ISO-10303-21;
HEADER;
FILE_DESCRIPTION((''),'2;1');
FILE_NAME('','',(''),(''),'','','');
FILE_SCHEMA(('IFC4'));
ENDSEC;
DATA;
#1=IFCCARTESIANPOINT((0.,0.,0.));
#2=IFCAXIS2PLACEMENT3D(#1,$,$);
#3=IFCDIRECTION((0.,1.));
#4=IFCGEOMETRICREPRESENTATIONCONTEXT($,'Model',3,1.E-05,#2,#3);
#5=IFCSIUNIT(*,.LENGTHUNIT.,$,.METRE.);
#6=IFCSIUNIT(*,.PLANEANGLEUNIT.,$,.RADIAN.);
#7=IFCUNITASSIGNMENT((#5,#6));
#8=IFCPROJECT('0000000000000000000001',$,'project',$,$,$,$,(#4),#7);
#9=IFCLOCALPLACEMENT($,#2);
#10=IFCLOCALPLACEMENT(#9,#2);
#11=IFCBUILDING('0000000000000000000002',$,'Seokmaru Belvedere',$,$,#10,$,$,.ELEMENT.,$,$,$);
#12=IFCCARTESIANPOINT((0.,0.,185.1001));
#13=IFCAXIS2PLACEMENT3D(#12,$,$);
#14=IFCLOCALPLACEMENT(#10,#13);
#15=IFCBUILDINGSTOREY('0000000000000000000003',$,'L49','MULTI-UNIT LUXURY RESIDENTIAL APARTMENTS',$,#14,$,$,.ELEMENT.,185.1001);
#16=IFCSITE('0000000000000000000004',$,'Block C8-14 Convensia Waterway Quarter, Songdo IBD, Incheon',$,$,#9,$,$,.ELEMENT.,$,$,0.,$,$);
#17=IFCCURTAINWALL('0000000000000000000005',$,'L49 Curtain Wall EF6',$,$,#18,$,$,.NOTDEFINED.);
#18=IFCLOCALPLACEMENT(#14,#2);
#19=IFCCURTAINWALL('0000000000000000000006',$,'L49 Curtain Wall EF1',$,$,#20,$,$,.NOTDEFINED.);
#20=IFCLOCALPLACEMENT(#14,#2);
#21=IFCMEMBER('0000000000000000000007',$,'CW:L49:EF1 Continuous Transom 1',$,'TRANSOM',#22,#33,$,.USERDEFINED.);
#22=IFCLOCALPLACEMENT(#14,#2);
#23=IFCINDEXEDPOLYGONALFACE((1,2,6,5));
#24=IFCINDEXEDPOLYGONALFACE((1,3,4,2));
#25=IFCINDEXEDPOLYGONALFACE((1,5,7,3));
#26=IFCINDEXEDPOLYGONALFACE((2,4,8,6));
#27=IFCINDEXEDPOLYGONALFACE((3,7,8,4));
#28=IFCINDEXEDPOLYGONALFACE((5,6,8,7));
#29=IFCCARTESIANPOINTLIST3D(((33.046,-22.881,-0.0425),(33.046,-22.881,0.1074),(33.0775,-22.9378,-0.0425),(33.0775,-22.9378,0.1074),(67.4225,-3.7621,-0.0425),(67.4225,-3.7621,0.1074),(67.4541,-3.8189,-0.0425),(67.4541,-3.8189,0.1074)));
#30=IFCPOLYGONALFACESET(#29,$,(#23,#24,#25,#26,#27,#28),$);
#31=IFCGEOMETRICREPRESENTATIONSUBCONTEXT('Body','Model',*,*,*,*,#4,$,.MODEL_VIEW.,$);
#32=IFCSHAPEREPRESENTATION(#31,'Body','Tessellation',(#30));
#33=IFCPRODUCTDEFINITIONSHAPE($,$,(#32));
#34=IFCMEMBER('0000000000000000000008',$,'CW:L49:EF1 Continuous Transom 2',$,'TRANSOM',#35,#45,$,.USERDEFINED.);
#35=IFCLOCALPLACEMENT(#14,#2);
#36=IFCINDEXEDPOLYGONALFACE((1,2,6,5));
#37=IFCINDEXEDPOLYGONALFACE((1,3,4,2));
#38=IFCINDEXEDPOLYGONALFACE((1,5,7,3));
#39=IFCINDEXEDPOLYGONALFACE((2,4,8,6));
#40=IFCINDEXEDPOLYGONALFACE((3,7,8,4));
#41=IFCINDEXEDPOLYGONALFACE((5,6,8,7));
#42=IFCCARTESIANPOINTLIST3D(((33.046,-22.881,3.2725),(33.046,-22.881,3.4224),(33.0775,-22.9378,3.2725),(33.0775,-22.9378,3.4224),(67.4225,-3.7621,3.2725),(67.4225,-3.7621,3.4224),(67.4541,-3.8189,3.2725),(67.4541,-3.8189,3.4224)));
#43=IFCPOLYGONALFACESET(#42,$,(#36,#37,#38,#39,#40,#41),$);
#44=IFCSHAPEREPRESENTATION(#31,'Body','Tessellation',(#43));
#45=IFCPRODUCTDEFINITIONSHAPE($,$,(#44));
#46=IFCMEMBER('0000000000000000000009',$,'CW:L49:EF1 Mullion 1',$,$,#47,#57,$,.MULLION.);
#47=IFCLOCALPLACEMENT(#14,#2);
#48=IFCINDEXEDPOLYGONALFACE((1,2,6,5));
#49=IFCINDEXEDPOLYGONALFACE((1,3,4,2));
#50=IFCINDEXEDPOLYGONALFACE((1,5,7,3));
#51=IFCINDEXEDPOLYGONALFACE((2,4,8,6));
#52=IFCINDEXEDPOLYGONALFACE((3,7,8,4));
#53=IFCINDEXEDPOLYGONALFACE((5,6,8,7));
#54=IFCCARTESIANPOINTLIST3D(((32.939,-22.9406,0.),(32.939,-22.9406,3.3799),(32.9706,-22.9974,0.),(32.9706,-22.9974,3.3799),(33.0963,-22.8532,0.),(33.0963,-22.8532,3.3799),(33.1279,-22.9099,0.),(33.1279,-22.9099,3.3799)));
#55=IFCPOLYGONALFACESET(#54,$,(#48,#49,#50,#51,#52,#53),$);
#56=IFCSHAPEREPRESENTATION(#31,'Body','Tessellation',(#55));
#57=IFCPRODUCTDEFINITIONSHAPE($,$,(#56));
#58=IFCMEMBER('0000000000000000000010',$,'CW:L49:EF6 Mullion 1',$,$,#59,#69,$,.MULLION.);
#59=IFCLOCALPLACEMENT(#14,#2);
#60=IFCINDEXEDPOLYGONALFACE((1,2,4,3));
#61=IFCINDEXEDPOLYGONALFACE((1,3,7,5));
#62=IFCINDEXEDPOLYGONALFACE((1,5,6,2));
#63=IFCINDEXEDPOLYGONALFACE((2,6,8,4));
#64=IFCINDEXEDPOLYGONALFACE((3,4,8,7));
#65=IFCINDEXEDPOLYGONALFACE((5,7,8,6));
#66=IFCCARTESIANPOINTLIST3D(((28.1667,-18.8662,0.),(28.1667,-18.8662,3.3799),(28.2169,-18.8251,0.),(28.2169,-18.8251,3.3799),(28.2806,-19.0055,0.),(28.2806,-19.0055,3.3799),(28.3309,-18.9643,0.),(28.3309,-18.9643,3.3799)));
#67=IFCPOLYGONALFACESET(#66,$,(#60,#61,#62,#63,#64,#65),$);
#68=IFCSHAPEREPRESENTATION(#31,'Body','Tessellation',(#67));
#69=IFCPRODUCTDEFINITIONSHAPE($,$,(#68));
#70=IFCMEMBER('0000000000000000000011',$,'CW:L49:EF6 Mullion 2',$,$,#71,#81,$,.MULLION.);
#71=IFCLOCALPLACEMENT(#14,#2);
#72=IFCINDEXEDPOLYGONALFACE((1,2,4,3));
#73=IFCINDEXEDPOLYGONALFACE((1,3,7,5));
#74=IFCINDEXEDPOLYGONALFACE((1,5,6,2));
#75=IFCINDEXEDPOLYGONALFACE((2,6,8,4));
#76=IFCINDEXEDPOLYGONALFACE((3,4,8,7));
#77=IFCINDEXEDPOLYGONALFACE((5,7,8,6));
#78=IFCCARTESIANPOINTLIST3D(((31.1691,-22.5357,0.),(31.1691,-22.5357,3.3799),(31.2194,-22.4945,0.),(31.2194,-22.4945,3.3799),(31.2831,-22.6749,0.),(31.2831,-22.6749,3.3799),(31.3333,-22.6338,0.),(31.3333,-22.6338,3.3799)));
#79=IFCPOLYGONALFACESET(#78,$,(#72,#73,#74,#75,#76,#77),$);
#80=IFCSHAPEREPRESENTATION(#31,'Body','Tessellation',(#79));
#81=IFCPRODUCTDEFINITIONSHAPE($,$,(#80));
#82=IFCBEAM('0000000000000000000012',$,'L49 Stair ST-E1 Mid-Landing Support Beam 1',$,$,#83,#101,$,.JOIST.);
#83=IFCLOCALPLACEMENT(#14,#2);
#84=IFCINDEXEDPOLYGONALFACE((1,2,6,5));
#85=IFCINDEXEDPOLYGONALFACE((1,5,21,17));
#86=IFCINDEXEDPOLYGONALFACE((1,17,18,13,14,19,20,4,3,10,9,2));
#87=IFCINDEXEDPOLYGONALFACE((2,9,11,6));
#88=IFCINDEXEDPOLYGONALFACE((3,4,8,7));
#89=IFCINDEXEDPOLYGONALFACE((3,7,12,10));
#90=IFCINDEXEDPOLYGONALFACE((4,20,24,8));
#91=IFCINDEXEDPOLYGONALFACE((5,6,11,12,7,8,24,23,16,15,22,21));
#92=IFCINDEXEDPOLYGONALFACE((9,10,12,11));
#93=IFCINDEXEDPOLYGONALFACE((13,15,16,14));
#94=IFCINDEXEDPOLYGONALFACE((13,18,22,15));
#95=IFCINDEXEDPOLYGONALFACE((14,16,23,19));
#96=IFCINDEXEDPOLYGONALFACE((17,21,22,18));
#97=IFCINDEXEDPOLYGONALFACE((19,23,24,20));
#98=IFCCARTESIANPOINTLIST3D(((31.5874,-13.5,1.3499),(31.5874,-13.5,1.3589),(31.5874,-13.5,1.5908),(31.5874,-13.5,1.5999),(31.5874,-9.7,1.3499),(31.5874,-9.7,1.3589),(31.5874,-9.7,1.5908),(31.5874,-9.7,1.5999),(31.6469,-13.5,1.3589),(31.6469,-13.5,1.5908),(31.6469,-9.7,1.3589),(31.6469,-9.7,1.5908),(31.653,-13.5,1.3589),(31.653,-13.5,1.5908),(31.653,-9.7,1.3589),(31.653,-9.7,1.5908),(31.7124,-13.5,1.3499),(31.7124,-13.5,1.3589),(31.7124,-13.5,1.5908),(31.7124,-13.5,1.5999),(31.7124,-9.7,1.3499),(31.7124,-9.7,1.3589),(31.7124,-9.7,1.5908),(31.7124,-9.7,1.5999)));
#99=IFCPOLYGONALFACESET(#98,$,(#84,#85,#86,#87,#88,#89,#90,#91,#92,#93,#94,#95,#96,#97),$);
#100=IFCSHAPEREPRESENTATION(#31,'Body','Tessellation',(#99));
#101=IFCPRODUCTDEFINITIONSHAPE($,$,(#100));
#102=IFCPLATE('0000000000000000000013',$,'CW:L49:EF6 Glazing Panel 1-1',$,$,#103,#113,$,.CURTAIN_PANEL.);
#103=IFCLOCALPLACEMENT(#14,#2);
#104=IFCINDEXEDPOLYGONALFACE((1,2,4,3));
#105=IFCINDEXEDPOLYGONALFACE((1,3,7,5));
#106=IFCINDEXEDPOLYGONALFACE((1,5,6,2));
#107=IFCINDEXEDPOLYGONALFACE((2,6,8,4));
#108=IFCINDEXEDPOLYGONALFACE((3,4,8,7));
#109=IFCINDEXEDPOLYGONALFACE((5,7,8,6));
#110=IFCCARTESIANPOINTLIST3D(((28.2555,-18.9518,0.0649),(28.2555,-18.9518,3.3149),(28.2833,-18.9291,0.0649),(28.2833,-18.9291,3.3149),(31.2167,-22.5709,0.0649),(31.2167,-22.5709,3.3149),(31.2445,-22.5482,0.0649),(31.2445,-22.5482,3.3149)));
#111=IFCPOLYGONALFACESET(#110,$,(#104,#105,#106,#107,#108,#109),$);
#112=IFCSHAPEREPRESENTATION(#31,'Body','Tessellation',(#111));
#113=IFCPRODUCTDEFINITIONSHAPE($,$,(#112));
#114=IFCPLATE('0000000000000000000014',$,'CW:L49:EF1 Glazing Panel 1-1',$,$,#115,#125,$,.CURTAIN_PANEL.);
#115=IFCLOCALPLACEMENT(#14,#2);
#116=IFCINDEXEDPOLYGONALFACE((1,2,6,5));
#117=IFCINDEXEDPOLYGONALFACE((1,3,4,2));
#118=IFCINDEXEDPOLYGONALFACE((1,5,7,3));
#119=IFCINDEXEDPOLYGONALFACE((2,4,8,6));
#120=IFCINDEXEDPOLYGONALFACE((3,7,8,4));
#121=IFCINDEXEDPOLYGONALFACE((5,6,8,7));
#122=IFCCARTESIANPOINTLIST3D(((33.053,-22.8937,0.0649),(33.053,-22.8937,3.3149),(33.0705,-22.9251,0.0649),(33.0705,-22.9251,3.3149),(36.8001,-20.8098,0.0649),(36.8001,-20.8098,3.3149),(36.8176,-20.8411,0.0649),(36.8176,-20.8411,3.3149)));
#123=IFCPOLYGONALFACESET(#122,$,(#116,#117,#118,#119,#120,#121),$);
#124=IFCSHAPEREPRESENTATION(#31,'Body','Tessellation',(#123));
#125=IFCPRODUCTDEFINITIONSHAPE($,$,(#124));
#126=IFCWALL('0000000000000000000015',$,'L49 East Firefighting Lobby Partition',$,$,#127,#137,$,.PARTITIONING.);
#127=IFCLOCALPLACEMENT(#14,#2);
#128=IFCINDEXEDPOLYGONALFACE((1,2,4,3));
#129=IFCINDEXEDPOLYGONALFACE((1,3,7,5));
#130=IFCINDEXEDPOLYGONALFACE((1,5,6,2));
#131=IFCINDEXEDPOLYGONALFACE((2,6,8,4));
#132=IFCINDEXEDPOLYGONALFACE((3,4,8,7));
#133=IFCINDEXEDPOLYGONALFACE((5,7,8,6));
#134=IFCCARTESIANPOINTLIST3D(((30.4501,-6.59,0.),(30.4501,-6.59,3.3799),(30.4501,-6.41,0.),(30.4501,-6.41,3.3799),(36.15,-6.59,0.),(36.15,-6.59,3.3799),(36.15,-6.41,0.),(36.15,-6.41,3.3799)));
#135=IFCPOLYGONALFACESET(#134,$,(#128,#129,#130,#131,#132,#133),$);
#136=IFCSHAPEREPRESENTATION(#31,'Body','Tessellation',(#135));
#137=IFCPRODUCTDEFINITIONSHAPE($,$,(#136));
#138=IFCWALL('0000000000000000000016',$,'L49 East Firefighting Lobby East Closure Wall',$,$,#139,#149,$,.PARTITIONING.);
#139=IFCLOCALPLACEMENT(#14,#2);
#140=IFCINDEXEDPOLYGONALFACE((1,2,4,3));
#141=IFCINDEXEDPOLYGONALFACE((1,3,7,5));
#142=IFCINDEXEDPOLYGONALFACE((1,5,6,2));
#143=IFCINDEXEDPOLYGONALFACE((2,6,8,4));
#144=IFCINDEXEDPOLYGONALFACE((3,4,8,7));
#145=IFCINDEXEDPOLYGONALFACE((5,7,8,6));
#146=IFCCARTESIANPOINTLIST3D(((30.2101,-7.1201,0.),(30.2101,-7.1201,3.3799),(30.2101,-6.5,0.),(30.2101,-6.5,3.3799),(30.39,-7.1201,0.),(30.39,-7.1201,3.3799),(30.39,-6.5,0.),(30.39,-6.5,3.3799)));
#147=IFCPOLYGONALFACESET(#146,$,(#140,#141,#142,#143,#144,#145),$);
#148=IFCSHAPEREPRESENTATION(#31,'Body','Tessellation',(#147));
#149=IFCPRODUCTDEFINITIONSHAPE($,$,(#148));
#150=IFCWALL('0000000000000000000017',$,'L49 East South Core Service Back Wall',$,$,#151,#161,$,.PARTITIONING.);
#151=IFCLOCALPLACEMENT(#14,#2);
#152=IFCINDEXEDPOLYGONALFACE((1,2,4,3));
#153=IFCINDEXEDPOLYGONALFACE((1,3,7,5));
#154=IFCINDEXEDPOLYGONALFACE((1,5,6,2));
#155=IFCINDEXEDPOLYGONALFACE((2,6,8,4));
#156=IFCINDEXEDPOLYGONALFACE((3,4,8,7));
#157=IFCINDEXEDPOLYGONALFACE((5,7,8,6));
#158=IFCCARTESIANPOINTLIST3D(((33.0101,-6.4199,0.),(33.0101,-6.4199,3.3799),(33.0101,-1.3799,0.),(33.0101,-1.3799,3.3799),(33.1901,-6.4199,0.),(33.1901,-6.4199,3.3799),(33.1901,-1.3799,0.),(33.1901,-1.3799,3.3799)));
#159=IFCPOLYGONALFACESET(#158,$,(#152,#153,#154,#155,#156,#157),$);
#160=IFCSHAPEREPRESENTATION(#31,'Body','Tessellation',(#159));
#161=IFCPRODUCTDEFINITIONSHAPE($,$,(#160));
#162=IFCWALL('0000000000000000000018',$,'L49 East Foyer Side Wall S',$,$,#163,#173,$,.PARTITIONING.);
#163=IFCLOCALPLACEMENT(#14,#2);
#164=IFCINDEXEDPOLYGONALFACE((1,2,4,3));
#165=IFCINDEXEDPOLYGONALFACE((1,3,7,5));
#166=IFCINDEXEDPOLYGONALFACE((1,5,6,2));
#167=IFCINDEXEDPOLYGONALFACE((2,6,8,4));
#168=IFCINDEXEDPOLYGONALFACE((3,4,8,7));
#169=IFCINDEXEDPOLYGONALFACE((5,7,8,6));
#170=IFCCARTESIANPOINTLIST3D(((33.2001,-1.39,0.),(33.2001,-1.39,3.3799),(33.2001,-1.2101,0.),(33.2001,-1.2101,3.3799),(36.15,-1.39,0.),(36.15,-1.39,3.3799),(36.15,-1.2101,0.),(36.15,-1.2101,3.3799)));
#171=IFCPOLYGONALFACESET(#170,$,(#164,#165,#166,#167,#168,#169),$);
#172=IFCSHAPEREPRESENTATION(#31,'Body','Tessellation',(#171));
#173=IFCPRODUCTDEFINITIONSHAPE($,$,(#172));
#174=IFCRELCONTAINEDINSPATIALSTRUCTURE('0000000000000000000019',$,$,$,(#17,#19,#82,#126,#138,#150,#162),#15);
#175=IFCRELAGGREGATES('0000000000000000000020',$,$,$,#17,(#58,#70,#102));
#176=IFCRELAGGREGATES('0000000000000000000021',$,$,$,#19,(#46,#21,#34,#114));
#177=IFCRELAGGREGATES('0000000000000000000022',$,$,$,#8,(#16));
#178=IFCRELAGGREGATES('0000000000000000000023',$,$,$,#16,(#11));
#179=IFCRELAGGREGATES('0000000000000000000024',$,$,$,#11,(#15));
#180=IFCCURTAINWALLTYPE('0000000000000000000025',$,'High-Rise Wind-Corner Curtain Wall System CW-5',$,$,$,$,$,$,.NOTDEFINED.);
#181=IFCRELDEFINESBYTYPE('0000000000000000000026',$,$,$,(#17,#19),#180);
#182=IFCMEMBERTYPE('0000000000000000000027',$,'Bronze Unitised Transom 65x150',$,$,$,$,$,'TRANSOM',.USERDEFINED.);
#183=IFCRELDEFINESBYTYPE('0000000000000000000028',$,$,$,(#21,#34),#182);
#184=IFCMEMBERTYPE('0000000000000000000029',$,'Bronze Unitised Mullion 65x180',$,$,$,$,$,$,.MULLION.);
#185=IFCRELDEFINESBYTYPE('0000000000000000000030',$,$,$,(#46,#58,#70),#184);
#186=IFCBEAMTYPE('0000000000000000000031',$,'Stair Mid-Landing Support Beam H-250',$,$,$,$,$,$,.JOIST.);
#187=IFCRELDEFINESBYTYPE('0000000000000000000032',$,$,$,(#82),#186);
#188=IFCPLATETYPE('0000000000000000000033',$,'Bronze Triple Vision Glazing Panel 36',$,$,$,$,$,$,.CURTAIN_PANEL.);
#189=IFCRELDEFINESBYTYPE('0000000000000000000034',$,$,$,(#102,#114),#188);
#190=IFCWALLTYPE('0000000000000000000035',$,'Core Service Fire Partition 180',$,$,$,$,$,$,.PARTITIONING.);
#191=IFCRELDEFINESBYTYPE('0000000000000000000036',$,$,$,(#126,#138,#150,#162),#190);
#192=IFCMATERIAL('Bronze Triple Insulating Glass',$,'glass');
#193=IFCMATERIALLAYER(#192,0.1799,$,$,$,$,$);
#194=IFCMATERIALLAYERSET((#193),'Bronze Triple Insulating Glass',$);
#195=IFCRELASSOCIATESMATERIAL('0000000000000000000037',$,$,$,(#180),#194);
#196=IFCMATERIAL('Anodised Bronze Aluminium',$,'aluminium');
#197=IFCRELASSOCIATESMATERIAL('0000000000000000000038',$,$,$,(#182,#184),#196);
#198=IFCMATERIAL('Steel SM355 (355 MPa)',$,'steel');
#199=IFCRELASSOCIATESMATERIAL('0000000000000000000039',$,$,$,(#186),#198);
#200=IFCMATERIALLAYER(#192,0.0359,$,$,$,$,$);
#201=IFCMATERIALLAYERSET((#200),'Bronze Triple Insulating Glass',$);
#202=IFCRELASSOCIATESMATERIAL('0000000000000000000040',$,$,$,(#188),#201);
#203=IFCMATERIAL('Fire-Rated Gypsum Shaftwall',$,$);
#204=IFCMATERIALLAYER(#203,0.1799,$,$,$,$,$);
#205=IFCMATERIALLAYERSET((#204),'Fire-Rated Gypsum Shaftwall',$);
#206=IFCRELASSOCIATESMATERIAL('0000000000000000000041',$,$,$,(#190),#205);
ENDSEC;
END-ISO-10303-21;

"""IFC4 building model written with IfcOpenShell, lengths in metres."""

from ifc_helpers import new_model, si_unit, direction, frame, frame_2d, origin, origin_2d, place, context, subcontext, project, spatial, rectangle, i_section, extrude, source, transform, mapped, material, layer, layer_set, material_profile, profile_set, type_object, type_shapes, element, aggregate, save


model = new_model("IFC4")

# Units and contexts
model_context = context("Model", 3, precision=1e-05, world=origin(), true_north=direction((0.0, 1.0)))
body_context = subcontext(model_context, "Body", "Model", "MODEL_VIEW")
ifc_project = project(units=[si_unit("LENGTHUNIT", "METRE"), si_unit("PLANEANGLEUNIT", "RADIAN")], contexts=[model_context])

# Site, building, storey
site_placement = place(None, origin())
site = spatial("IfcSite", under=ifc_project, at=site_placement, Name="Block C8-14 Convensia Waterway Quarter, Songdo IBD, Incheon", CompositionType="ELEMENT", RefElevation=0.0)
building_placement = place(site_placement, origin())
building = spatial("IfcBuilding", under=site, at=building_placement, Name="Seokmaru Belvedere", CompositionType="ELEMENT")
storey_placement = place(building_placement, frame((0.0, 0.0, 185.1001)))
storey = spatial("IfcBuildingStorey", under=building, at=storey_placement, Name="L49", Description="MULTI-UNIT LUXURY RESIDENTIAL APARTMENTS", CompositionType="ELEMENT", Elevation=185.1001)

# Shared definitions
ifc_material_1 = material(Name="Steel SM355 (355 MPa)", Category="steel")

# Curtain walls, members
ifc_material_2 = material(Name="Bronze Triple Insulating Glass", Category="glass")
ifc_layer_1 = layer(ifc_material_2, 0.1799)
ifc_layer_set_1 = layer_set([ifc_layer_1], Name="Bronze Triple Insulating Glass")
curtain_wall_type = type_object("IfcCurtainWallType", Name="High-Rise Wind-Corner Curtain Wall System CW-5", PredefinedType="NOTDEFINED", material=ifc_layer_set_1)
curtain_wall_1_placement = place(storey_placement, origin())
curtain_wall_1 = element("IfcCurtainWall", 1, at=curtain_wall_1_placement, inside=storey, type_object=curtain_wall_type, Name="L49 Curtain Wall EF6", PredefinedType="NOTDEFINED")
ifc_material_3 = material(Name="Anodised Bronze Aluminium", Category="aluminium")
ifc_material_profile_1 = material_profile(ifc_material_3, rectangle(XDim=0.0649, YDim=0.1499, at=origin_2d()), Name="CW-T-65x150")
ifc_profile_set_1 = profile_set([ifc_material_profile_1], Name="Anodised Bronze Aluminium")
member_type_1 = type_object("IfcMemberType", Name="Bronze Unitised Transom 65x150", ElementType="TRANSOM", PredefinedType="USERDEFINED", material=ifc_profile_set_1)
curtain_wall_2_placement = place(storey_placement, origin())
curtain_wall_2 = element("IfcCurtainWall", 2, at=curtain_wall_2_placement, inside=storey, type_object=curtain_wall_type, Name="L49 Curtain Wall EF1", PredefinedType="NOTDEFINED")
shared_shape_1 = source(origin(), body_context, "Body", "SweptSolid", [
    extrude(rectangle(XDim=0.0649, YDim=0.1499, at=origin_2d()), origin(), (0.0, 0.0, 1.0), 39.3354),
])
member_1_placement = place(storey_placement, frame((33.0618, -22.9094, 0.0325), z_axis=(0.873932, 0.486048, 0.0), x_axis=(-0.486048, 0.873932, 0.0)))
member_1 = element("IfcMember", 3, at=member_1_placement, type_object=member_type_1, Name="CW:L49:EF1 Continuous Transom 1", ObjectType="TRANSOM", PredefinedType="USERDEFINED", context=body_context, shape_type="MappedRepresentation", body=[
    mapped(shared_shape_1, transform((0.0, 0.0, 0.0), scale=1.0)),
])
member_2_placement = place(storey_placement, frame((33.0618, -22.9094, 3.3474), z_axis=(0.873932, 0.486048, 0.0), x_axis=(-0.486048, 0.873932, 0.0)))
member_2 = element("IfcMember", 4, at=member_2_placement, type_object=member_type_1, Name="CW:L49:EF1 Continuous Transom 2", ObjectType="TRANSOM", PredefinedType="USERDEFINED", context=body_context, shape_type="MappedRepresentation", body=[
    mapped(shared_shape_1, transform((0.0, 0.0, 0.0), scale=1.0)),
])
ifc_material_profile_2 = material_profile(ifc_material_3, rectangle(XDim=0.0649, YDim=0.1799, at=origin_2d()), Name="CW-M-65x180")
ifc_profile_set_2 = profile_set([ifc_material_profile_2], Name="Anodised Bronze Aluminium")
member_type_2 = type_object("IfcMemberType", Name="Bronze Unitised Mullion 65x180", PredefinedType="MULLION", material=ifc_profile_set_2)
shared_shape_2 = source(origin(), body_context, "Body", "SweptSolid", [
    extrude(rectangle(XDim=0.0649, YDim=0.1799, at=origin_2d()), origin(), (0.0, 0.0, 1.0), 3.3799),
])
type_shapes(member_type_2, [shared_shape_2])
member_3_placement = place(storey_placement, frame((33.0334, -22.9253, 0.0), z_axis=(0.0, 0.0, 1.0), x_axis=(-0.486047, 0.873933, 0.0)))
member_3 = element("IfcMember", 5, at=member_3_placement, type_object=member_type_2, Name="CW:L49:EF1 Mullion 1", PredefinedType="MULLION", context=body_context, shape_type="MappedRepresentation", body=[
    mapped(shared_shape_2, transform((0.0, 0.0, 0.0), scale=1.0)),
])

# Members
member_4_placement = place(storey_placement, frame((28.2488, -18.9153, 0.0), z_axis=(0.0, 0.0, 1.0), x_axis=(0.773944, 0.633254, 0.0)))
member_4 = element("IfcMember", 6, at=member_4_placement, type_object=member_type_2, Name="CW:L49:EF6 Mullion 1", PredefinedType="MULLION", context=body_context, shape_type="MappedRepresentation", body=[
    mapped(shared_shape_2, transform((0.0, 0.0, 0.0), scale=1.0)),
])
member_5_placement = place(storey_placement, frame((31.2512, -22.5847, 0.0), z_axis=(0.0, 0.0, 1.0), x_axis=(0.773944, 0.633254, 0.0)))
member_5 = element("IfcMember", 7, at=member_5_placement, type_object=member_type_2, Name="CW:L49:EF6 Mullion 2", PredefinedType="MULLION", context=body_context, shape_type="MappedRepresentation", body=[
    mapped(shared_shape_2, transform((0.0, 0.0, 0.0), scale=1.0)),
])

# Beam
ifc_material_profile_3 = material_profile(ifc_material_1, i_section(OverallWidth=0.125, OverallDepth=0.25, WebThickness=0.0061, FlangeThickness=0.009, at=origin_2d()), Name="H-250x125x6x9")
ifc_profile_set_3 = profile_set([ifc_material_profile_3], Name="Steel SM355 (355 MPa)")
beam_type_1 = type_object("IfcBeamType", Name="Stair Mid-Landing Support Beam H-250", PredefinedType="JOIST", material=ifc_profile_set_3)
shared_shape_3 = source(origin(), body_context, "Body", "SweptSolid", [
    extrude(i_section(OverallWidth=0.125, OverallDepth=0.25, WebThickness=0.0061, FlangeThickness=0.009, at=origin_2d()), origin(), (0.0, 0.0, 1.0), 3.8),
])
type_shapes(beam_type_1, [shared_shape_3])
beam_1_placement = place(storey_placement, frame((31.6499, -13.5, 1.4749), z_axis=(0.0, 1.0, 0.0), x_axis=(-1.0, 0.0, 0.0)))
element("IfcBeam", 8, at=beam_1_placement, inside=storey, type_object=beam_type_1, Name="L49 Stair ST-E1 Mid-Landing Support Beam 1", PredefinedType="JOIST", context=body_context, shape_type="MappedRepresentation", body=[
    mapped(shared_shape_3, transform((0.0, 0.0, 0.0), scale=1.0)),
])

# Plates
ifc_layer_2 = layer(ifc_material_2, 0.0359)
ifc_layer_set_2 = layer_set([ifc_layer_2], Name="Bronze Triple Insulating Glass")
plate_type = type_object("IfcPlateType", Name="Bronze Triple Vision Glazing Panel 36", PredefinedType="CURTAIN_PANEL", material=ifc_layer_set_2)
shared_shape_4 = source(origin(), body_context, "Body", "SweptSolid", [
    extrude(rectangle(XDim=4.6763, YDim=0.0359, at=origin_2d()), origin(), (0.0, 0.0, 1.0), 3.25),
])
plate_1_placement = place(storey_placement, frame((29.75, -20.75, 0.0649), z_axis=(0.0, 0.0, 1.0), x_axis=(0.633254, -0.773944, 0.0)))
plate_1 = element("IfcPlate", 9, at=plate_1_placement, type_object=plate_type, Name="CW:L49:EF6 Glazing Panel 1-1", PredefinedType="CURTAIN_PANEL", context=body_context, shape_type="MappedRepresentation", body=[
    mapped(shared_shape_4, transform((0.0, 0.0, 0.0), scale=1.0)),
])
aggregate(curtain_wall_1, [member_4, member_5, plate_1])
shared_shape_5 = source(origin(), body_context, "Body", "SweptSolid", [
    extrude(rectangle(XDim=4.2876, YDim=0.0359, at=origin_2d()), origin(), (0.0, 0.0, 1.0), 3.25),
])
type_shapes(plate_type, [shared_shape_4, shared_shape_5])
plate_2_placement = place(storey_placement, frame((34.9353, -21.8674, 0.0649), z_axis=(0.0, 0.0, 1.0), x_axis=(0.873933, 0.486047, 0.0)))
plate_2 = element("IfcPlate", 10, at=plate_2_placement, type_object=plate_type, Name="CW:L49:EF1 Glazing Panel 1-1", PredefinedType="CURTAIN_PANEL", context=body_context, shape_type="MappedRepresentation", body=[
    mapped(shared_shape_5, transform((0.0, 0.0, 0.0), scale=1.0)),
])
aggregate(curtain_wall_2, [member_3, member_1, member_2, plate_2])

# Walls
ifc_material_4 = material(Name="Fire-Rated Gypsum Shaftwall")
ifc_layer_3 = layer(ifc_material_4, 0.1799)
ifc_layer_set_3 = layer_set([ifc_layer_3], Name="Fire-Rated Gypsum Shaftwall")
wall_type_1 = type_object("IfcWallType", Name="Core Service Fire Partition 180", PredefinedType="PARTITIONING", material=ifc_layer_set_3)
wall_1_placement = place(storey_placement, frame((30.45, -6.5, 0.0), z_axis=(0.0, 0.0, 1.0), x_axis=(1.0, 0.0, 0.0)))
element("IfcWall", 11, at=wall_1_placement, inside=storey, type_object=wall_type_1, Name="L49 East Firefighting Lobby Partition", PredefinedType="PARTITIONING", context=body_context, shape_type="SweptSolid", body=[
    extrude(rectangle(XDim=5.7, YDim=0.1799, at=frame_2d((2.8501, 0.0))), origin(), (0.0, 0.0, 1.0), 3.3799),
])
wall_2_placement = place(storey_placement, frame((30.3, -7.1201, 0.0), z_axis=(0.0, 0.0, 1.0), x_axis=(0.0, 1.0, 0.0)))
element("IfcWall", 12, at=wall_2_placement, inside=storey, type_object=wall_type_1, Name="L49 East Firefighting Lobby East Closure Wall", PredefinedType="PARTITIONING", context=body_context, shape_type="SweptSolid", body=[
    extrude(rectangle(XDim=0.6201, YDim=0.1799, at=frame_2d((0.3101, 0.0))), origin(), (0.0, 0.0, 1.0), 3.3799),
])
wall_3_placement = place(storey_placement, frame((33.1001, -6.4199, 0.0), z_axis=(0.0, 0.0, 1.0), x_axis=(0.0, 1.0, 0.0)))
element("IfcWall", 13, at=wall_3_placement, inside=storey, type_object=wall_type_1, Name="L49 East South Core Service Back Wall", PredefinedType="PARTITIONING", context=body_context, shape_type="SweptSolid", body=[
    extrude(rectangle(XDim=5.04, YDim=0.1799, at=frame_2d((2.52, 0.0))), origin(), (0.0, 0.0, 1.0), 3.3799),
])
wall_4_placement = place(storey_placement, frame((33.2, -1.3, 0.0), z_axis=(0.0, 0.0, 1.0), x_axis=(1.0, 0.0, 0.0)))
element("IfcWall", 14, at=wall_4_placement, inside=storey, type_object=wall_type_1, Name="L49 East Foyer Side Wall S", PredefinedType="PARTITIONING", context=body_context, shape_type="SweptSolid", body=[
    extrude(rectangle(XDim=2.95, YDim=0.1799, at=frame_2d((1.4751, 0.0))), origin(), (0.0, 0.0, 1.0), 3.3799),
])

save(model, "model.ifc")
